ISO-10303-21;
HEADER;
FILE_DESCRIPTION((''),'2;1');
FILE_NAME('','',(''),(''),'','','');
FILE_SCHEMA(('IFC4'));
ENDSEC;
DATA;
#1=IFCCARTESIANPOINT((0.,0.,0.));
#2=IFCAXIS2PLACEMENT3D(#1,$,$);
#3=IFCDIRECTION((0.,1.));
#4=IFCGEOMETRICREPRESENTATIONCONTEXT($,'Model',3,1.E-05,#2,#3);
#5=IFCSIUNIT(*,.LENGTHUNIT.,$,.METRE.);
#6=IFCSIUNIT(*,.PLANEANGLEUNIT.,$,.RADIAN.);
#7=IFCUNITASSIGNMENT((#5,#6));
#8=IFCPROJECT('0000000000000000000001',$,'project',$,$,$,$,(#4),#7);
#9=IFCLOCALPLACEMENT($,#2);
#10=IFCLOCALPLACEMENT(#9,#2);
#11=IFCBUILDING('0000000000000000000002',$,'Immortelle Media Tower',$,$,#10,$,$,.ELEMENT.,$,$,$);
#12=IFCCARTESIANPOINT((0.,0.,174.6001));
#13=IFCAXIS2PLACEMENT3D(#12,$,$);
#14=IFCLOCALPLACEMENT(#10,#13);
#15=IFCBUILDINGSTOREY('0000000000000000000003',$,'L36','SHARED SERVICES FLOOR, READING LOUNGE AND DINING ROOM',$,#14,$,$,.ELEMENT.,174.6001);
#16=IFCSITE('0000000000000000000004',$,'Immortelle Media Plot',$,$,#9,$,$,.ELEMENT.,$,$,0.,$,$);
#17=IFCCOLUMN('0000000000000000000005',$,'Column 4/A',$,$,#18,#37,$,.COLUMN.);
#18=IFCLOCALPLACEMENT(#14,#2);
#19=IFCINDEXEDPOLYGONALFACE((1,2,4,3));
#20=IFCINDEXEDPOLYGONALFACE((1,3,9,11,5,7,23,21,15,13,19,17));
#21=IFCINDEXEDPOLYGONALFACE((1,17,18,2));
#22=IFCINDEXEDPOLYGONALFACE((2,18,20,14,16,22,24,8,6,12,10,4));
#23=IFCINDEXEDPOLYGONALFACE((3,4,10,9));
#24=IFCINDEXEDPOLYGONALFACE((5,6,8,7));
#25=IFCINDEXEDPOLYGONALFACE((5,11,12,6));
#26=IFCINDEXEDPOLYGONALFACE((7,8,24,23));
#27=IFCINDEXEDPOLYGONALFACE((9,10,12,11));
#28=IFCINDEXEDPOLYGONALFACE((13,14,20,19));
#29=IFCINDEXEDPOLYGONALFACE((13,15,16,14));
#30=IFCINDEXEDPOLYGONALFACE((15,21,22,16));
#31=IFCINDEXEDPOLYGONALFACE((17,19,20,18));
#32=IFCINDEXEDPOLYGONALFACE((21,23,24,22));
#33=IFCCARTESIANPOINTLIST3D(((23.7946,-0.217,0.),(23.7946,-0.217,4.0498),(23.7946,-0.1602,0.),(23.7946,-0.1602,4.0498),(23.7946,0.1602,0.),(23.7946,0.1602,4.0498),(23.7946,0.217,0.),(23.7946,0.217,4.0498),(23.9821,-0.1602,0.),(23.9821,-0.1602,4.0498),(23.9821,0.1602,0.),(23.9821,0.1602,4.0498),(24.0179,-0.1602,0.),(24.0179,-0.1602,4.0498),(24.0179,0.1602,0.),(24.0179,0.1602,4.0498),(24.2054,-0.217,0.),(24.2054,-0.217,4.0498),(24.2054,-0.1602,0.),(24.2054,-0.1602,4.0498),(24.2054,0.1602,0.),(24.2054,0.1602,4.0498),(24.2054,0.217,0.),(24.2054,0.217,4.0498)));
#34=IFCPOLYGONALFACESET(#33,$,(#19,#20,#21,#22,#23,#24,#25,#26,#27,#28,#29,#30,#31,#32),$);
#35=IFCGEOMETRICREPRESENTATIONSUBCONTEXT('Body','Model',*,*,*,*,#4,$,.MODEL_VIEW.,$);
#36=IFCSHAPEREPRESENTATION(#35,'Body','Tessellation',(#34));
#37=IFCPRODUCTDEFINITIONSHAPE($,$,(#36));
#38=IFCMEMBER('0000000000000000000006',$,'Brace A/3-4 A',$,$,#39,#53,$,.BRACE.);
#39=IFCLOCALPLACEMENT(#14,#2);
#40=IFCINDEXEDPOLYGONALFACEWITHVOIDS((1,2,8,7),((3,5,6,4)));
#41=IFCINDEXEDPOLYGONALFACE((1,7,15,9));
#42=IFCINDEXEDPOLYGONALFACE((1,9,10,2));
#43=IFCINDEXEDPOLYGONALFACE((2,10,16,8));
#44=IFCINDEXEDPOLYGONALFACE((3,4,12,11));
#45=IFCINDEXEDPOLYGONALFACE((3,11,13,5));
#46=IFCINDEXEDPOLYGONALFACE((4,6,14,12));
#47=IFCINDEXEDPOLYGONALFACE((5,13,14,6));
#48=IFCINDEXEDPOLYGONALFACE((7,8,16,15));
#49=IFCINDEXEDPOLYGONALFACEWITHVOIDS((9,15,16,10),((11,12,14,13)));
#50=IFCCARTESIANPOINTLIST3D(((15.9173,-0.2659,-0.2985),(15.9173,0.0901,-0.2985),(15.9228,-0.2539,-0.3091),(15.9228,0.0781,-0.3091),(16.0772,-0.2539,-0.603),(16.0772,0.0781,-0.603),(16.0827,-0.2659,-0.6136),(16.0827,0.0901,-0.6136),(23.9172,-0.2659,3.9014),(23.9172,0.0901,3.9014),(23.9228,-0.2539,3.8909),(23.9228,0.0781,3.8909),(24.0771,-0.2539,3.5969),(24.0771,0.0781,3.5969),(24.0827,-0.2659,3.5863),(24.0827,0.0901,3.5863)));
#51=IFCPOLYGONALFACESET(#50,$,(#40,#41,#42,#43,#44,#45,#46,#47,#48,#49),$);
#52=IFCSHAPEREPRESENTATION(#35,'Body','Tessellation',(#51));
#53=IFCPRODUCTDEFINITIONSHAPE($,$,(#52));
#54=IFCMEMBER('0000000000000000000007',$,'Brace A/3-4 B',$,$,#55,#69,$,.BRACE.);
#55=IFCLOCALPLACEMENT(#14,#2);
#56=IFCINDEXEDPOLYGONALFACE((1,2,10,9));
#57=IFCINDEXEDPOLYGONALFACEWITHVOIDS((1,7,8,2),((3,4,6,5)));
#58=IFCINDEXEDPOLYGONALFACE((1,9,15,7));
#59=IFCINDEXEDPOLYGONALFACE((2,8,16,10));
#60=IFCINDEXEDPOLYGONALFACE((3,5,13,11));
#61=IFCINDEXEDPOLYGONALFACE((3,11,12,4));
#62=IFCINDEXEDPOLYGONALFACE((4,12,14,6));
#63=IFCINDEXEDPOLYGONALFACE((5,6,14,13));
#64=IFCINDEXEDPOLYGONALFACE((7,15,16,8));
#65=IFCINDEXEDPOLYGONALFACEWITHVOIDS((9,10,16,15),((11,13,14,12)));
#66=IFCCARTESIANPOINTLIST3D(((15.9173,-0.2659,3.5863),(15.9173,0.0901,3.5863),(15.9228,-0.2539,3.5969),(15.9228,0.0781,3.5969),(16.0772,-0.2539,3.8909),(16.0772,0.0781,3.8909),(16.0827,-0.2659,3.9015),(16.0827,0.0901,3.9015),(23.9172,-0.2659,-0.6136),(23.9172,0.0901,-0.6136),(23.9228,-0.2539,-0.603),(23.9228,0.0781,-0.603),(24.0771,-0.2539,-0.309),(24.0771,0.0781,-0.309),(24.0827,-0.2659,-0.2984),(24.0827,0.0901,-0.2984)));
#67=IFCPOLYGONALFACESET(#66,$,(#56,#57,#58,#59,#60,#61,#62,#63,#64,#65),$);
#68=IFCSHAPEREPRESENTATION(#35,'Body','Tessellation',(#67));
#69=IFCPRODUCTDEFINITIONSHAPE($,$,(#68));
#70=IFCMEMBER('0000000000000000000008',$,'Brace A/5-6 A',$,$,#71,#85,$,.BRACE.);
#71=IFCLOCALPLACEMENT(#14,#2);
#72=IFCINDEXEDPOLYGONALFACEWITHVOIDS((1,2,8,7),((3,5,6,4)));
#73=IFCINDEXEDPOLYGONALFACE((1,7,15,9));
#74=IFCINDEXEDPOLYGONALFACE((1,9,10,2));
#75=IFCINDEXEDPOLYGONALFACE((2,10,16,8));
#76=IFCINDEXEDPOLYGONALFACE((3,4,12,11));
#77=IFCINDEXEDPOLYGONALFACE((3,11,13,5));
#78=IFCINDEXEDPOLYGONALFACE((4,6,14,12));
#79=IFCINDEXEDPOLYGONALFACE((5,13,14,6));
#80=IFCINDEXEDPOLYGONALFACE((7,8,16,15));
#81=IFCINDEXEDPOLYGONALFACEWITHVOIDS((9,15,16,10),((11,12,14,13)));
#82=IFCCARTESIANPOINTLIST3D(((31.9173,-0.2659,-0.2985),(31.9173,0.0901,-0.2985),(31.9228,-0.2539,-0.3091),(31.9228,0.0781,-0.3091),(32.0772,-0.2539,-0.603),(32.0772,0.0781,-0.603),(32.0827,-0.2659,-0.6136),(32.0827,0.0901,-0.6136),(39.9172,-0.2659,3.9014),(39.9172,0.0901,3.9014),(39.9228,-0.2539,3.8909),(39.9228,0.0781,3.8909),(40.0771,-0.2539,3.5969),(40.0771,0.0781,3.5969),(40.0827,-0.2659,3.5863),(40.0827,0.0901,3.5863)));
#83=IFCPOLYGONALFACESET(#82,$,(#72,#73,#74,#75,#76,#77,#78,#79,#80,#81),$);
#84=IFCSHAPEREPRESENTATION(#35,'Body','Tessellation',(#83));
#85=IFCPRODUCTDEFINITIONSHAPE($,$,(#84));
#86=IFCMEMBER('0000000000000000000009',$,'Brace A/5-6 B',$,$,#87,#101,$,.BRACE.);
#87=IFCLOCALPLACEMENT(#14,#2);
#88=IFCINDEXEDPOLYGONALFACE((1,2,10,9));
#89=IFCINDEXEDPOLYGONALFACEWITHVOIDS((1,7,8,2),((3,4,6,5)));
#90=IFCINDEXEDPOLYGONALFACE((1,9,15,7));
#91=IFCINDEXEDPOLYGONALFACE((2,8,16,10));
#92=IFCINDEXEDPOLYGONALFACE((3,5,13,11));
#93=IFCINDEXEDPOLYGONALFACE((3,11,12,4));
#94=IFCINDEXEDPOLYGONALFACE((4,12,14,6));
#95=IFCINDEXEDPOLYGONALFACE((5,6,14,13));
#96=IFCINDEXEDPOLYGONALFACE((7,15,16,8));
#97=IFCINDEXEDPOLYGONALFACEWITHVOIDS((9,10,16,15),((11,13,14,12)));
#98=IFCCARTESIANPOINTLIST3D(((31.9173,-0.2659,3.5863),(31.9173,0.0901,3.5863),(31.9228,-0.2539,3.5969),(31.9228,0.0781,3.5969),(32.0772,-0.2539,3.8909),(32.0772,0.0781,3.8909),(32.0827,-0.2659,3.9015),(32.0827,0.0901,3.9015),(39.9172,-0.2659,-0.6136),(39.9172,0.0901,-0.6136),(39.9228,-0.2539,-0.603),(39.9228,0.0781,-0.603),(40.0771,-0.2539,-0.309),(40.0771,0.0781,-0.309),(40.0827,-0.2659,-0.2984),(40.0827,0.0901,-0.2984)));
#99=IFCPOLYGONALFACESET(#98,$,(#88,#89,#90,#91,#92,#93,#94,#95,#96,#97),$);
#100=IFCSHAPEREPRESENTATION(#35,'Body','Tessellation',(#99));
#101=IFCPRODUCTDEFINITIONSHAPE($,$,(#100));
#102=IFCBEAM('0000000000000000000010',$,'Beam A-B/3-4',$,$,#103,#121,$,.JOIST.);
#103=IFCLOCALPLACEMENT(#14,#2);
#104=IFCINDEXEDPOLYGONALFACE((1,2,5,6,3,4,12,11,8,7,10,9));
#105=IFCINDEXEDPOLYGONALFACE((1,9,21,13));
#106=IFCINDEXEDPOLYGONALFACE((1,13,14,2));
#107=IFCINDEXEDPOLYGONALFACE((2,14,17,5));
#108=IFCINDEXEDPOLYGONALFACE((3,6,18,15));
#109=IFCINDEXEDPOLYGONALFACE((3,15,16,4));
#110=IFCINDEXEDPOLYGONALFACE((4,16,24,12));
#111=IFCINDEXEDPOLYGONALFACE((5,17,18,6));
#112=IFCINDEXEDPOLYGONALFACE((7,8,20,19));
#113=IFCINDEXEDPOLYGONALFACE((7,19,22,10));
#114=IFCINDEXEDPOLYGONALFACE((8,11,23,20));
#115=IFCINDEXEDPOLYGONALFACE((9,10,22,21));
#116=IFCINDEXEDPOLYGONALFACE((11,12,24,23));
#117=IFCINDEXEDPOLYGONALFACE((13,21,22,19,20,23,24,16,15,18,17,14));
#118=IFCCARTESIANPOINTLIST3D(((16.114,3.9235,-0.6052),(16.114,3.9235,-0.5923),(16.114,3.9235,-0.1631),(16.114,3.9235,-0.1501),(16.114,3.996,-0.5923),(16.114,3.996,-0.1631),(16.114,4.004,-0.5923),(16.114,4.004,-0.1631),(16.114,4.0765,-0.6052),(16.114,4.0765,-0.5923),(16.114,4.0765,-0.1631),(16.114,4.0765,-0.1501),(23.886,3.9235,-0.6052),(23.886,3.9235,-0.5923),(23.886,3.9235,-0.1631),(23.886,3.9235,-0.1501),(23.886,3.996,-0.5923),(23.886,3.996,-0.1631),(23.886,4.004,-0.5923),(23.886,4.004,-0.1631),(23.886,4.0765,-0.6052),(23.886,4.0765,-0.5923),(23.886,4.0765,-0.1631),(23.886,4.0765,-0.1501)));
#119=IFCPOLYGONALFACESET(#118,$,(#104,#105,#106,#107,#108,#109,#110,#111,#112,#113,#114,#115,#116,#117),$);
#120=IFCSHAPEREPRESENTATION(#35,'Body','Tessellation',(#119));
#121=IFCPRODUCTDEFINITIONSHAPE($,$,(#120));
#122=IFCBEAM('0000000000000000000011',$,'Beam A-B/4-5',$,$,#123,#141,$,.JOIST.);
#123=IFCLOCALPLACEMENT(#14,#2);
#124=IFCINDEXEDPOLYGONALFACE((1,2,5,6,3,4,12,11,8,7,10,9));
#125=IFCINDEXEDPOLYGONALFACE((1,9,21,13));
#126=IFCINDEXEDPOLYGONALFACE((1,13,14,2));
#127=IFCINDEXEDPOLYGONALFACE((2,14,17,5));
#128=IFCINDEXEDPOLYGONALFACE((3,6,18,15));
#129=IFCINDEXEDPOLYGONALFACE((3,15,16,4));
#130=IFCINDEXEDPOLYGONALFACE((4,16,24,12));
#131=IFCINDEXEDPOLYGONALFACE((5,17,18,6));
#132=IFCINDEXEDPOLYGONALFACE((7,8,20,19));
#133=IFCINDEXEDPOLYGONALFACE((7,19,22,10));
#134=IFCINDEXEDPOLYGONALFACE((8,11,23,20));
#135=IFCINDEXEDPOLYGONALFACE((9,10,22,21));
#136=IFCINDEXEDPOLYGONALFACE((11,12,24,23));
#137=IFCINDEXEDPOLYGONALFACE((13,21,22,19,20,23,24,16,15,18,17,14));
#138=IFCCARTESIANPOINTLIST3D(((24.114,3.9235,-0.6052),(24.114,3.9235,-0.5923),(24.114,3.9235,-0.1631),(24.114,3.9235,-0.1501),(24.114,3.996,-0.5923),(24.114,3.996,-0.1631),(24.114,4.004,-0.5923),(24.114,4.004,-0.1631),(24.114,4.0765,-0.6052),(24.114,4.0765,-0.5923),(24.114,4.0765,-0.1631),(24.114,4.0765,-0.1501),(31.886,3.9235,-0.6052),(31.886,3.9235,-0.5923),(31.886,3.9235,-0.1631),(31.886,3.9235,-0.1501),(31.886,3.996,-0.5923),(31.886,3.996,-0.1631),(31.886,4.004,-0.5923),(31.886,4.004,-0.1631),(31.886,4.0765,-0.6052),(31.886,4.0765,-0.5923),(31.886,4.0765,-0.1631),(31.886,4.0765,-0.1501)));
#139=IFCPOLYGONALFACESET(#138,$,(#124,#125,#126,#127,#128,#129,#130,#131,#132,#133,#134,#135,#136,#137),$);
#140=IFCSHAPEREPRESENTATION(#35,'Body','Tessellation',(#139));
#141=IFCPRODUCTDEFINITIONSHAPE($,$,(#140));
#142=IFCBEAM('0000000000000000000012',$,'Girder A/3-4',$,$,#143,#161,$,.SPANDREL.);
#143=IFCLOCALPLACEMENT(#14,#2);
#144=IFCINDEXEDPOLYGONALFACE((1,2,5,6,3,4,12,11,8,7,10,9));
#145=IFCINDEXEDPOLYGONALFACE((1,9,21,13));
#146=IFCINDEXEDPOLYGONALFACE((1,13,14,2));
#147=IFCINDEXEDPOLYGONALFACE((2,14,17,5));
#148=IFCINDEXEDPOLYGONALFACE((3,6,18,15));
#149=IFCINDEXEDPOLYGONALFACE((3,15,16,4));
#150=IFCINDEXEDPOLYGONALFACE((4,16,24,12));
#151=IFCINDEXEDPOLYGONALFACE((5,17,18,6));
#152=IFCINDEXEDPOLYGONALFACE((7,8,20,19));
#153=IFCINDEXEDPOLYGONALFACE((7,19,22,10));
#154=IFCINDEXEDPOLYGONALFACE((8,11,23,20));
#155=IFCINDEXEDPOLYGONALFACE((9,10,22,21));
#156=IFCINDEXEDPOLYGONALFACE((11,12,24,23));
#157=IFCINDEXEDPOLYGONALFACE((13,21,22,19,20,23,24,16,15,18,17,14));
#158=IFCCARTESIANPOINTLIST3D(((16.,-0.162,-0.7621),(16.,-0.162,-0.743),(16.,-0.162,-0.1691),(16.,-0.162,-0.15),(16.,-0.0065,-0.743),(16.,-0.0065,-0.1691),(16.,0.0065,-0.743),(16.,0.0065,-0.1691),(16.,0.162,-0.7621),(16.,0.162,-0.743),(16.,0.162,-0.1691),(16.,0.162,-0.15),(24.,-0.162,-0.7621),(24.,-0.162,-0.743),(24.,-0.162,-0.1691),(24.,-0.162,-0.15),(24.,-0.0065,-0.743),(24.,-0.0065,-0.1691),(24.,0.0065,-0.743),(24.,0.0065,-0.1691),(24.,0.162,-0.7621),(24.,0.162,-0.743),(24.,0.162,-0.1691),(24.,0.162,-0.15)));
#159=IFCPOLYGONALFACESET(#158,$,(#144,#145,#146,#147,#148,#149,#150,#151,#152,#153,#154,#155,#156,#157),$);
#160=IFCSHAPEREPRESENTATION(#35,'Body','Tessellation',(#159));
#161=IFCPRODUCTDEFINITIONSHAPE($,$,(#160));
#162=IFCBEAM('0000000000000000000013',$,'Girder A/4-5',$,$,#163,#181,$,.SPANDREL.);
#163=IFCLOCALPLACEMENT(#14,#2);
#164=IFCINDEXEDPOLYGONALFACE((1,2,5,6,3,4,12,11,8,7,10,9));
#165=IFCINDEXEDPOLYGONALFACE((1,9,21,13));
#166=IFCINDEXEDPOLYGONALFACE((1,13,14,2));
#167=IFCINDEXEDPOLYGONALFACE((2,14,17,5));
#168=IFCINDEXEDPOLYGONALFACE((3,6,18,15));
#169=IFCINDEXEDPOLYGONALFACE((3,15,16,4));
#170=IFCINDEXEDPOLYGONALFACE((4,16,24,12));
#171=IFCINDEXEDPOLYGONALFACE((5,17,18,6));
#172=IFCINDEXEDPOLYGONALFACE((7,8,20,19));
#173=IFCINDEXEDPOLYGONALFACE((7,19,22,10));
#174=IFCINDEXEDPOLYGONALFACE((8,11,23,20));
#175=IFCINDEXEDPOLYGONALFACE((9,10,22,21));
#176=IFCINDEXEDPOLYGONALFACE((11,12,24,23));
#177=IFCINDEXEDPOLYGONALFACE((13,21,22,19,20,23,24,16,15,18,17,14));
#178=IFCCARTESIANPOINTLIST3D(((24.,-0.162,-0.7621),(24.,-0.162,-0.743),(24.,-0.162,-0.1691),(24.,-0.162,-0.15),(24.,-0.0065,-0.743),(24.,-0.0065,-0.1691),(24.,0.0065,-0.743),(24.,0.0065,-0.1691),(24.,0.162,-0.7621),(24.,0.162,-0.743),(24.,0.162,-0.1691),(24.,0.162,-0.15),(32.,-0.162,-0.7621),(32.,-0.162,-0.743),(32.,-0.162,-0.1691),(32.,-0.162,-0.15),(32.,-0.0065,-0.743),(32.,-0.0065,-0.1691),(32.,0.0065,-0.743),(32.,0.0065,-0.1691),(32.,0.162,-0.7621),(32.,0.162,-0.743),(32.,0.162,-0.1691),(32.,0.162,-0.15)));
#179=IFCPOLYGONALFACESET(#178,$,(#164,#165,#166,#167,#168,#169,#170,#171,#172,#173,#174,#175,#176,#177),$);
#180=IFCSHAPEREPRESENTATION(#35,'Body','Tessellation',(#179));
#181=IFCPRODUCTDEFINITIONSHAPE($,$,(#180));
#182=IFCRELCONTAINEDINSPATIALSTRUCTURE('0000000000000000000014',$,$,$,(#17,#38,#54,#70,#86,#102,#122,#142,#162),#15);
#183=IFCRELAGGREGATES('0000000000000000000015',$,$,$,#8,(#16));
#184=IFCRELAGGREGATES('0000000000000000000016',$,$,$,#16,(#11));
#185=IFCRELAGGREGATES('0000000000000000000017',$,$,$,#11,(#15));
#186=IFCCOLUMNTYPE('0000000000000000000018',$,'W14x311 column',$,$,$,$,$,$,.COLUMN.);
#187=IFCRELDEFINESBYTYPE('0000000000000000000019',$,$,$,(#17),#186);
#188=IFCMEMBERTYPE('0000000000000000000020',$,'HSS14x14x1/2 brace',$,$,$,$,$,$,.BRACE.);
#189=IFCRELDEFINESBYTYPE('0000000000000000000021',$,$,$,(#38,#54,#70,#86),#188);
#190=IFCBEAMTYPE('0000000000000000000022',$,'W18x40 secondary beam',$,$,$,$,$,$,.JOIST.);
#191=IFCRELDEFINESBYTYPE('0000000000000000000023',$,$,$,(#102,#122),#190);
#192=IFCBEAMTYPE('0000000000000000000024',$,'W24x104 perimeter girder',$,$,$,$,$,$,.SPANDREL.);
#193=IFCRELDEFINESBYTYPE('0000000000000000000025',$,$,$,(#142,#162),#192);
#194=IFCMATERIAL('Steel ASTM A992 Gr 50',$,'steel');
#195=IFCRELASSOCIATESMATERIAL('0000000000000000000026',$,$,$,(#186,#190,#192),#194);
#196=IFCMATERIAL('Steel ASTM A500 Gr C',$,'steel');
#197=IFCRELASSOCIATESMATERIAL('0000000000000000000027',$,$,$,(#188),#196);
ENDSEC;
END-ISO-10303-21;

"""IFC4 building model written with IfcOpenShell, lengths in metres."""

from ifc_helpers import new_model, si_unit, direction, frame, origin, origin_2d, place, context, subcontext, project, spatial, hollow_rectangle, i_section, extrude, material, material_profile, profile_set, type_object, element, save


model = new_model("IFC4")

# Units and contexts
model_context = context("Model", 3, precision=1e-05, world=origin(), true_north=direction((0.0, 1.0)))
body_context = subcontext(model_context, "Body", "Model", "MODEL_VIEW")
ifc_project = project(units=[si_unit("LENGTHUNIT", "METRE"), si_unit("PLANEANGLEUNIT", "RADIAN")], contexts=[model_context])

# Site, building, storey
site_placement = place(None, origin())
site = spatial("IfcSite", under=ifc_project, at=site_placement, Name="Immortelle Media Plot", CompositionType="ELEMENT", RefElevation=0.0)
building_placement = place(site_placement, origin())
building = spatial("IfcBuilding", under=site, at=building_placement, Name="Immortelle Media Tower", CompositionType="ELEMENT")
storey_placement = place(building_placement, frame((0.0, 0.0, 174.6001)))
storey = spatial("IfcBuildingStorey", under=building, at=storey_placement, Name="L36", Description="SHARED SERVICES FLOOR, READING LOUNGE AND DINING ROOM", CompositionType="ELEMENT", Elevation=174.6001)

# Column
ifc_material_1 = material(Name="Steel ASTM A992 Gr 50", Category="steel")
ifc_material_profile_1 = material_profile(ifc_material_1, i_section(OverallWidth=0.4109, OverallDepth=0.4341, WebThickness=0.0359, FlangeThickness=0.0569, at=origin_2d()), Name="W14x311")
ifc_profile_set_1 = profile_set([ifc_material_profile_1], Name="Steel ASTM A992 Gr 50")
column_type = type_object("IfcColumnType", Name="W14x311 column", PredefinedType="COLUMN", material=ifc_profile_set_1)
column_placement = place(storey_placement, frame((24.0, 0.0, 0.0), z_axis=(0.0, 0.0, 1.0), x_axis=(1.0, 0.0, 0.0)))
element("IfcColumn", 1, at=column_placement, inside=storey, type_object=column_type, Name="Column 4/A", PredefinedType="COLUMN", context=body_context, shape_type="SweptSolid", body=[
    extrude(i_section(OverallWidth=0.4109, OverallDepth=0.4341, WebThickness=0.0359, FlangeThickness=0.0569, at=origin_2d()), origin(), (0.0, 0.0, 1.0), 4.0498),
])

# Members
ifc_material_2 = material(Name="Steel ASTM A500 Gr C", Category="steel")
ifc_material_profile_2 = material_profile(ifc_material_2, hollow_rectangle(XDim=0.356, YDim=0.356, WallThickness=0.012, at=origin_2d()), Name="HSS14x14x1/2 brace")
ifc_profile_set_2 = profile_set([ifc_material_profile_2], Name="Steel ASTM A500 Gr C")
member_type = type_object("IfcMemberType", Name="HSS14x14x1/2 brace", PredefinedType="BRACE", material=ifc_profile_set_2)
for number, where, z_axis, x_axis, name in (
    (2, (16.0, -0.0879, -0.4561), (0.8854, 0.0, 0.46483), (0.0, 1.0, 0.0), "Brace A/3-4 A"),
    (3, (16.0, -0.0879, 3.7439), (0.8854, 0.0, -0.46483), (0.0, 1.0, 0.0), "Brace A/3-4 B"),
    (4, (32.0, -0.0879, -0.4561), (0.8854, 0.0, 0.46483), (0.0, 1.0, 0.0), "Brace A/5-6 A"),
    (5, (32.0, -0.0879, 3.7439), (0.8854, 0.0, -0.46483), (0.0, 1.0, 0.0), "Brace A/5-6 B"),
):
    element("IfcMember", number, at=place(storey_placement, frame(where, z_axis=z_axis, x_axis=x_axis)), inside=storey, type_object=member_type, Name=name, PredefinedType="BRACE", context=body_context, shape_type="SweptSolid", body=[
        extrude(hollow_rectangle(XDim=0.356, YDim=0.356, WallThickness=0.012, at=origin_2d()), origin(), (0.0, 0.0, 1.0), 9.0354),
    ])

# Beams
ifc_material_profile_3 = material_profile(ifc_material_1, i_section(OverallWidth=0.1531, OverallDepth=0.4551, WebThickness=0.0081, FlangeThickness=0.0129, at=origin_2d()), Name="W18x40")
ifc_profile_set_3 = profile_set([ifc_material_profile_3], Name="Steel ASTM A992 Gr 50")
beam_type_1 = type_object("IfcBeamType", Name="W18x40 secondary beam", PredefinedType="JOIST", material=ifc_profile_set_3)
for number, where, z_axis, x_axis, name in (
    (6, (16.114, 4.0, -0.3777), (1.0, 0.0, 0.0), (0.0, 1.0, 0.0), "Beam A-B/3-4"),
    (7, (24.114, 4.0, -0.3777), (1.0, 0.0, 0.0), (0.0, 1.0, 0.0), "Beam A-B/4-5"),
):
    element("IfcBeam", number, at=place(storey_placement, frame(where, z_axis=z_axis, x_axis=x_axis)), inside=storey, type_object=beam_type_1, Name=name, PredefinedType="JOIST", context=body_context, shape_type="SweptSolid", body=[
        extrude(i_section(OverallWidth=0.1531, OverallDepth=0.4551, WebThickness=0.0081, FlangeThickness=0.0129, at=origin_2d()), origin(), (0.0, 0.0, 1.0), 7.772),
    ])
ifc_material_profile_4 = material_profile(ifc_material_1, i_section(OverallWidth=0.324, OverallDepth=0.6121, WebThickness=0.0129, FlangeThickness=0.019, at=origin_2d()), Name="W24x104")
ifc_profile_set_4 = profile_set([ifc_material_profile_4], Name="Steel ASTM A992 Gr 50")
beam_type_2 = type_object("IfcBeamType", Name="W24x104 perimeter girder", PredefinedType="SPANDREL", material=ifc_profile_set_4)
for number, where, z_axis, x_axis, name in (
    (8, (16.0, 0.0, -0.4561), (1.0, 0.0, 0.0), (0.0, 1.0, 0.0), "Girder A/3-4"),
    (9, (24.0, 0.0, -0.4561), (1.0, 0.0, 0.0), (0.0, 1.0, 0.0), "Girder A/4-5"),
):
    element("IfcBeam", number, at=place(storey_placement, frame(where, z_axis=z_axis, x_axis=x_axis)), inside=storey, type_object=beam_type_2, Name=name, PredefinedType="SPANDREL", context=body_context, shape_type="SweptSolid", body=[
        extrude(i_section(OverallWidth=0.324, OverallDepth=0.6121, WebThickness=0.0129, FlangeThickness=0.019, at=origin_2d()), origin(), (0.0, 0.0, 1.0), 8.0),
    ])

save(model, "model.ifc")
